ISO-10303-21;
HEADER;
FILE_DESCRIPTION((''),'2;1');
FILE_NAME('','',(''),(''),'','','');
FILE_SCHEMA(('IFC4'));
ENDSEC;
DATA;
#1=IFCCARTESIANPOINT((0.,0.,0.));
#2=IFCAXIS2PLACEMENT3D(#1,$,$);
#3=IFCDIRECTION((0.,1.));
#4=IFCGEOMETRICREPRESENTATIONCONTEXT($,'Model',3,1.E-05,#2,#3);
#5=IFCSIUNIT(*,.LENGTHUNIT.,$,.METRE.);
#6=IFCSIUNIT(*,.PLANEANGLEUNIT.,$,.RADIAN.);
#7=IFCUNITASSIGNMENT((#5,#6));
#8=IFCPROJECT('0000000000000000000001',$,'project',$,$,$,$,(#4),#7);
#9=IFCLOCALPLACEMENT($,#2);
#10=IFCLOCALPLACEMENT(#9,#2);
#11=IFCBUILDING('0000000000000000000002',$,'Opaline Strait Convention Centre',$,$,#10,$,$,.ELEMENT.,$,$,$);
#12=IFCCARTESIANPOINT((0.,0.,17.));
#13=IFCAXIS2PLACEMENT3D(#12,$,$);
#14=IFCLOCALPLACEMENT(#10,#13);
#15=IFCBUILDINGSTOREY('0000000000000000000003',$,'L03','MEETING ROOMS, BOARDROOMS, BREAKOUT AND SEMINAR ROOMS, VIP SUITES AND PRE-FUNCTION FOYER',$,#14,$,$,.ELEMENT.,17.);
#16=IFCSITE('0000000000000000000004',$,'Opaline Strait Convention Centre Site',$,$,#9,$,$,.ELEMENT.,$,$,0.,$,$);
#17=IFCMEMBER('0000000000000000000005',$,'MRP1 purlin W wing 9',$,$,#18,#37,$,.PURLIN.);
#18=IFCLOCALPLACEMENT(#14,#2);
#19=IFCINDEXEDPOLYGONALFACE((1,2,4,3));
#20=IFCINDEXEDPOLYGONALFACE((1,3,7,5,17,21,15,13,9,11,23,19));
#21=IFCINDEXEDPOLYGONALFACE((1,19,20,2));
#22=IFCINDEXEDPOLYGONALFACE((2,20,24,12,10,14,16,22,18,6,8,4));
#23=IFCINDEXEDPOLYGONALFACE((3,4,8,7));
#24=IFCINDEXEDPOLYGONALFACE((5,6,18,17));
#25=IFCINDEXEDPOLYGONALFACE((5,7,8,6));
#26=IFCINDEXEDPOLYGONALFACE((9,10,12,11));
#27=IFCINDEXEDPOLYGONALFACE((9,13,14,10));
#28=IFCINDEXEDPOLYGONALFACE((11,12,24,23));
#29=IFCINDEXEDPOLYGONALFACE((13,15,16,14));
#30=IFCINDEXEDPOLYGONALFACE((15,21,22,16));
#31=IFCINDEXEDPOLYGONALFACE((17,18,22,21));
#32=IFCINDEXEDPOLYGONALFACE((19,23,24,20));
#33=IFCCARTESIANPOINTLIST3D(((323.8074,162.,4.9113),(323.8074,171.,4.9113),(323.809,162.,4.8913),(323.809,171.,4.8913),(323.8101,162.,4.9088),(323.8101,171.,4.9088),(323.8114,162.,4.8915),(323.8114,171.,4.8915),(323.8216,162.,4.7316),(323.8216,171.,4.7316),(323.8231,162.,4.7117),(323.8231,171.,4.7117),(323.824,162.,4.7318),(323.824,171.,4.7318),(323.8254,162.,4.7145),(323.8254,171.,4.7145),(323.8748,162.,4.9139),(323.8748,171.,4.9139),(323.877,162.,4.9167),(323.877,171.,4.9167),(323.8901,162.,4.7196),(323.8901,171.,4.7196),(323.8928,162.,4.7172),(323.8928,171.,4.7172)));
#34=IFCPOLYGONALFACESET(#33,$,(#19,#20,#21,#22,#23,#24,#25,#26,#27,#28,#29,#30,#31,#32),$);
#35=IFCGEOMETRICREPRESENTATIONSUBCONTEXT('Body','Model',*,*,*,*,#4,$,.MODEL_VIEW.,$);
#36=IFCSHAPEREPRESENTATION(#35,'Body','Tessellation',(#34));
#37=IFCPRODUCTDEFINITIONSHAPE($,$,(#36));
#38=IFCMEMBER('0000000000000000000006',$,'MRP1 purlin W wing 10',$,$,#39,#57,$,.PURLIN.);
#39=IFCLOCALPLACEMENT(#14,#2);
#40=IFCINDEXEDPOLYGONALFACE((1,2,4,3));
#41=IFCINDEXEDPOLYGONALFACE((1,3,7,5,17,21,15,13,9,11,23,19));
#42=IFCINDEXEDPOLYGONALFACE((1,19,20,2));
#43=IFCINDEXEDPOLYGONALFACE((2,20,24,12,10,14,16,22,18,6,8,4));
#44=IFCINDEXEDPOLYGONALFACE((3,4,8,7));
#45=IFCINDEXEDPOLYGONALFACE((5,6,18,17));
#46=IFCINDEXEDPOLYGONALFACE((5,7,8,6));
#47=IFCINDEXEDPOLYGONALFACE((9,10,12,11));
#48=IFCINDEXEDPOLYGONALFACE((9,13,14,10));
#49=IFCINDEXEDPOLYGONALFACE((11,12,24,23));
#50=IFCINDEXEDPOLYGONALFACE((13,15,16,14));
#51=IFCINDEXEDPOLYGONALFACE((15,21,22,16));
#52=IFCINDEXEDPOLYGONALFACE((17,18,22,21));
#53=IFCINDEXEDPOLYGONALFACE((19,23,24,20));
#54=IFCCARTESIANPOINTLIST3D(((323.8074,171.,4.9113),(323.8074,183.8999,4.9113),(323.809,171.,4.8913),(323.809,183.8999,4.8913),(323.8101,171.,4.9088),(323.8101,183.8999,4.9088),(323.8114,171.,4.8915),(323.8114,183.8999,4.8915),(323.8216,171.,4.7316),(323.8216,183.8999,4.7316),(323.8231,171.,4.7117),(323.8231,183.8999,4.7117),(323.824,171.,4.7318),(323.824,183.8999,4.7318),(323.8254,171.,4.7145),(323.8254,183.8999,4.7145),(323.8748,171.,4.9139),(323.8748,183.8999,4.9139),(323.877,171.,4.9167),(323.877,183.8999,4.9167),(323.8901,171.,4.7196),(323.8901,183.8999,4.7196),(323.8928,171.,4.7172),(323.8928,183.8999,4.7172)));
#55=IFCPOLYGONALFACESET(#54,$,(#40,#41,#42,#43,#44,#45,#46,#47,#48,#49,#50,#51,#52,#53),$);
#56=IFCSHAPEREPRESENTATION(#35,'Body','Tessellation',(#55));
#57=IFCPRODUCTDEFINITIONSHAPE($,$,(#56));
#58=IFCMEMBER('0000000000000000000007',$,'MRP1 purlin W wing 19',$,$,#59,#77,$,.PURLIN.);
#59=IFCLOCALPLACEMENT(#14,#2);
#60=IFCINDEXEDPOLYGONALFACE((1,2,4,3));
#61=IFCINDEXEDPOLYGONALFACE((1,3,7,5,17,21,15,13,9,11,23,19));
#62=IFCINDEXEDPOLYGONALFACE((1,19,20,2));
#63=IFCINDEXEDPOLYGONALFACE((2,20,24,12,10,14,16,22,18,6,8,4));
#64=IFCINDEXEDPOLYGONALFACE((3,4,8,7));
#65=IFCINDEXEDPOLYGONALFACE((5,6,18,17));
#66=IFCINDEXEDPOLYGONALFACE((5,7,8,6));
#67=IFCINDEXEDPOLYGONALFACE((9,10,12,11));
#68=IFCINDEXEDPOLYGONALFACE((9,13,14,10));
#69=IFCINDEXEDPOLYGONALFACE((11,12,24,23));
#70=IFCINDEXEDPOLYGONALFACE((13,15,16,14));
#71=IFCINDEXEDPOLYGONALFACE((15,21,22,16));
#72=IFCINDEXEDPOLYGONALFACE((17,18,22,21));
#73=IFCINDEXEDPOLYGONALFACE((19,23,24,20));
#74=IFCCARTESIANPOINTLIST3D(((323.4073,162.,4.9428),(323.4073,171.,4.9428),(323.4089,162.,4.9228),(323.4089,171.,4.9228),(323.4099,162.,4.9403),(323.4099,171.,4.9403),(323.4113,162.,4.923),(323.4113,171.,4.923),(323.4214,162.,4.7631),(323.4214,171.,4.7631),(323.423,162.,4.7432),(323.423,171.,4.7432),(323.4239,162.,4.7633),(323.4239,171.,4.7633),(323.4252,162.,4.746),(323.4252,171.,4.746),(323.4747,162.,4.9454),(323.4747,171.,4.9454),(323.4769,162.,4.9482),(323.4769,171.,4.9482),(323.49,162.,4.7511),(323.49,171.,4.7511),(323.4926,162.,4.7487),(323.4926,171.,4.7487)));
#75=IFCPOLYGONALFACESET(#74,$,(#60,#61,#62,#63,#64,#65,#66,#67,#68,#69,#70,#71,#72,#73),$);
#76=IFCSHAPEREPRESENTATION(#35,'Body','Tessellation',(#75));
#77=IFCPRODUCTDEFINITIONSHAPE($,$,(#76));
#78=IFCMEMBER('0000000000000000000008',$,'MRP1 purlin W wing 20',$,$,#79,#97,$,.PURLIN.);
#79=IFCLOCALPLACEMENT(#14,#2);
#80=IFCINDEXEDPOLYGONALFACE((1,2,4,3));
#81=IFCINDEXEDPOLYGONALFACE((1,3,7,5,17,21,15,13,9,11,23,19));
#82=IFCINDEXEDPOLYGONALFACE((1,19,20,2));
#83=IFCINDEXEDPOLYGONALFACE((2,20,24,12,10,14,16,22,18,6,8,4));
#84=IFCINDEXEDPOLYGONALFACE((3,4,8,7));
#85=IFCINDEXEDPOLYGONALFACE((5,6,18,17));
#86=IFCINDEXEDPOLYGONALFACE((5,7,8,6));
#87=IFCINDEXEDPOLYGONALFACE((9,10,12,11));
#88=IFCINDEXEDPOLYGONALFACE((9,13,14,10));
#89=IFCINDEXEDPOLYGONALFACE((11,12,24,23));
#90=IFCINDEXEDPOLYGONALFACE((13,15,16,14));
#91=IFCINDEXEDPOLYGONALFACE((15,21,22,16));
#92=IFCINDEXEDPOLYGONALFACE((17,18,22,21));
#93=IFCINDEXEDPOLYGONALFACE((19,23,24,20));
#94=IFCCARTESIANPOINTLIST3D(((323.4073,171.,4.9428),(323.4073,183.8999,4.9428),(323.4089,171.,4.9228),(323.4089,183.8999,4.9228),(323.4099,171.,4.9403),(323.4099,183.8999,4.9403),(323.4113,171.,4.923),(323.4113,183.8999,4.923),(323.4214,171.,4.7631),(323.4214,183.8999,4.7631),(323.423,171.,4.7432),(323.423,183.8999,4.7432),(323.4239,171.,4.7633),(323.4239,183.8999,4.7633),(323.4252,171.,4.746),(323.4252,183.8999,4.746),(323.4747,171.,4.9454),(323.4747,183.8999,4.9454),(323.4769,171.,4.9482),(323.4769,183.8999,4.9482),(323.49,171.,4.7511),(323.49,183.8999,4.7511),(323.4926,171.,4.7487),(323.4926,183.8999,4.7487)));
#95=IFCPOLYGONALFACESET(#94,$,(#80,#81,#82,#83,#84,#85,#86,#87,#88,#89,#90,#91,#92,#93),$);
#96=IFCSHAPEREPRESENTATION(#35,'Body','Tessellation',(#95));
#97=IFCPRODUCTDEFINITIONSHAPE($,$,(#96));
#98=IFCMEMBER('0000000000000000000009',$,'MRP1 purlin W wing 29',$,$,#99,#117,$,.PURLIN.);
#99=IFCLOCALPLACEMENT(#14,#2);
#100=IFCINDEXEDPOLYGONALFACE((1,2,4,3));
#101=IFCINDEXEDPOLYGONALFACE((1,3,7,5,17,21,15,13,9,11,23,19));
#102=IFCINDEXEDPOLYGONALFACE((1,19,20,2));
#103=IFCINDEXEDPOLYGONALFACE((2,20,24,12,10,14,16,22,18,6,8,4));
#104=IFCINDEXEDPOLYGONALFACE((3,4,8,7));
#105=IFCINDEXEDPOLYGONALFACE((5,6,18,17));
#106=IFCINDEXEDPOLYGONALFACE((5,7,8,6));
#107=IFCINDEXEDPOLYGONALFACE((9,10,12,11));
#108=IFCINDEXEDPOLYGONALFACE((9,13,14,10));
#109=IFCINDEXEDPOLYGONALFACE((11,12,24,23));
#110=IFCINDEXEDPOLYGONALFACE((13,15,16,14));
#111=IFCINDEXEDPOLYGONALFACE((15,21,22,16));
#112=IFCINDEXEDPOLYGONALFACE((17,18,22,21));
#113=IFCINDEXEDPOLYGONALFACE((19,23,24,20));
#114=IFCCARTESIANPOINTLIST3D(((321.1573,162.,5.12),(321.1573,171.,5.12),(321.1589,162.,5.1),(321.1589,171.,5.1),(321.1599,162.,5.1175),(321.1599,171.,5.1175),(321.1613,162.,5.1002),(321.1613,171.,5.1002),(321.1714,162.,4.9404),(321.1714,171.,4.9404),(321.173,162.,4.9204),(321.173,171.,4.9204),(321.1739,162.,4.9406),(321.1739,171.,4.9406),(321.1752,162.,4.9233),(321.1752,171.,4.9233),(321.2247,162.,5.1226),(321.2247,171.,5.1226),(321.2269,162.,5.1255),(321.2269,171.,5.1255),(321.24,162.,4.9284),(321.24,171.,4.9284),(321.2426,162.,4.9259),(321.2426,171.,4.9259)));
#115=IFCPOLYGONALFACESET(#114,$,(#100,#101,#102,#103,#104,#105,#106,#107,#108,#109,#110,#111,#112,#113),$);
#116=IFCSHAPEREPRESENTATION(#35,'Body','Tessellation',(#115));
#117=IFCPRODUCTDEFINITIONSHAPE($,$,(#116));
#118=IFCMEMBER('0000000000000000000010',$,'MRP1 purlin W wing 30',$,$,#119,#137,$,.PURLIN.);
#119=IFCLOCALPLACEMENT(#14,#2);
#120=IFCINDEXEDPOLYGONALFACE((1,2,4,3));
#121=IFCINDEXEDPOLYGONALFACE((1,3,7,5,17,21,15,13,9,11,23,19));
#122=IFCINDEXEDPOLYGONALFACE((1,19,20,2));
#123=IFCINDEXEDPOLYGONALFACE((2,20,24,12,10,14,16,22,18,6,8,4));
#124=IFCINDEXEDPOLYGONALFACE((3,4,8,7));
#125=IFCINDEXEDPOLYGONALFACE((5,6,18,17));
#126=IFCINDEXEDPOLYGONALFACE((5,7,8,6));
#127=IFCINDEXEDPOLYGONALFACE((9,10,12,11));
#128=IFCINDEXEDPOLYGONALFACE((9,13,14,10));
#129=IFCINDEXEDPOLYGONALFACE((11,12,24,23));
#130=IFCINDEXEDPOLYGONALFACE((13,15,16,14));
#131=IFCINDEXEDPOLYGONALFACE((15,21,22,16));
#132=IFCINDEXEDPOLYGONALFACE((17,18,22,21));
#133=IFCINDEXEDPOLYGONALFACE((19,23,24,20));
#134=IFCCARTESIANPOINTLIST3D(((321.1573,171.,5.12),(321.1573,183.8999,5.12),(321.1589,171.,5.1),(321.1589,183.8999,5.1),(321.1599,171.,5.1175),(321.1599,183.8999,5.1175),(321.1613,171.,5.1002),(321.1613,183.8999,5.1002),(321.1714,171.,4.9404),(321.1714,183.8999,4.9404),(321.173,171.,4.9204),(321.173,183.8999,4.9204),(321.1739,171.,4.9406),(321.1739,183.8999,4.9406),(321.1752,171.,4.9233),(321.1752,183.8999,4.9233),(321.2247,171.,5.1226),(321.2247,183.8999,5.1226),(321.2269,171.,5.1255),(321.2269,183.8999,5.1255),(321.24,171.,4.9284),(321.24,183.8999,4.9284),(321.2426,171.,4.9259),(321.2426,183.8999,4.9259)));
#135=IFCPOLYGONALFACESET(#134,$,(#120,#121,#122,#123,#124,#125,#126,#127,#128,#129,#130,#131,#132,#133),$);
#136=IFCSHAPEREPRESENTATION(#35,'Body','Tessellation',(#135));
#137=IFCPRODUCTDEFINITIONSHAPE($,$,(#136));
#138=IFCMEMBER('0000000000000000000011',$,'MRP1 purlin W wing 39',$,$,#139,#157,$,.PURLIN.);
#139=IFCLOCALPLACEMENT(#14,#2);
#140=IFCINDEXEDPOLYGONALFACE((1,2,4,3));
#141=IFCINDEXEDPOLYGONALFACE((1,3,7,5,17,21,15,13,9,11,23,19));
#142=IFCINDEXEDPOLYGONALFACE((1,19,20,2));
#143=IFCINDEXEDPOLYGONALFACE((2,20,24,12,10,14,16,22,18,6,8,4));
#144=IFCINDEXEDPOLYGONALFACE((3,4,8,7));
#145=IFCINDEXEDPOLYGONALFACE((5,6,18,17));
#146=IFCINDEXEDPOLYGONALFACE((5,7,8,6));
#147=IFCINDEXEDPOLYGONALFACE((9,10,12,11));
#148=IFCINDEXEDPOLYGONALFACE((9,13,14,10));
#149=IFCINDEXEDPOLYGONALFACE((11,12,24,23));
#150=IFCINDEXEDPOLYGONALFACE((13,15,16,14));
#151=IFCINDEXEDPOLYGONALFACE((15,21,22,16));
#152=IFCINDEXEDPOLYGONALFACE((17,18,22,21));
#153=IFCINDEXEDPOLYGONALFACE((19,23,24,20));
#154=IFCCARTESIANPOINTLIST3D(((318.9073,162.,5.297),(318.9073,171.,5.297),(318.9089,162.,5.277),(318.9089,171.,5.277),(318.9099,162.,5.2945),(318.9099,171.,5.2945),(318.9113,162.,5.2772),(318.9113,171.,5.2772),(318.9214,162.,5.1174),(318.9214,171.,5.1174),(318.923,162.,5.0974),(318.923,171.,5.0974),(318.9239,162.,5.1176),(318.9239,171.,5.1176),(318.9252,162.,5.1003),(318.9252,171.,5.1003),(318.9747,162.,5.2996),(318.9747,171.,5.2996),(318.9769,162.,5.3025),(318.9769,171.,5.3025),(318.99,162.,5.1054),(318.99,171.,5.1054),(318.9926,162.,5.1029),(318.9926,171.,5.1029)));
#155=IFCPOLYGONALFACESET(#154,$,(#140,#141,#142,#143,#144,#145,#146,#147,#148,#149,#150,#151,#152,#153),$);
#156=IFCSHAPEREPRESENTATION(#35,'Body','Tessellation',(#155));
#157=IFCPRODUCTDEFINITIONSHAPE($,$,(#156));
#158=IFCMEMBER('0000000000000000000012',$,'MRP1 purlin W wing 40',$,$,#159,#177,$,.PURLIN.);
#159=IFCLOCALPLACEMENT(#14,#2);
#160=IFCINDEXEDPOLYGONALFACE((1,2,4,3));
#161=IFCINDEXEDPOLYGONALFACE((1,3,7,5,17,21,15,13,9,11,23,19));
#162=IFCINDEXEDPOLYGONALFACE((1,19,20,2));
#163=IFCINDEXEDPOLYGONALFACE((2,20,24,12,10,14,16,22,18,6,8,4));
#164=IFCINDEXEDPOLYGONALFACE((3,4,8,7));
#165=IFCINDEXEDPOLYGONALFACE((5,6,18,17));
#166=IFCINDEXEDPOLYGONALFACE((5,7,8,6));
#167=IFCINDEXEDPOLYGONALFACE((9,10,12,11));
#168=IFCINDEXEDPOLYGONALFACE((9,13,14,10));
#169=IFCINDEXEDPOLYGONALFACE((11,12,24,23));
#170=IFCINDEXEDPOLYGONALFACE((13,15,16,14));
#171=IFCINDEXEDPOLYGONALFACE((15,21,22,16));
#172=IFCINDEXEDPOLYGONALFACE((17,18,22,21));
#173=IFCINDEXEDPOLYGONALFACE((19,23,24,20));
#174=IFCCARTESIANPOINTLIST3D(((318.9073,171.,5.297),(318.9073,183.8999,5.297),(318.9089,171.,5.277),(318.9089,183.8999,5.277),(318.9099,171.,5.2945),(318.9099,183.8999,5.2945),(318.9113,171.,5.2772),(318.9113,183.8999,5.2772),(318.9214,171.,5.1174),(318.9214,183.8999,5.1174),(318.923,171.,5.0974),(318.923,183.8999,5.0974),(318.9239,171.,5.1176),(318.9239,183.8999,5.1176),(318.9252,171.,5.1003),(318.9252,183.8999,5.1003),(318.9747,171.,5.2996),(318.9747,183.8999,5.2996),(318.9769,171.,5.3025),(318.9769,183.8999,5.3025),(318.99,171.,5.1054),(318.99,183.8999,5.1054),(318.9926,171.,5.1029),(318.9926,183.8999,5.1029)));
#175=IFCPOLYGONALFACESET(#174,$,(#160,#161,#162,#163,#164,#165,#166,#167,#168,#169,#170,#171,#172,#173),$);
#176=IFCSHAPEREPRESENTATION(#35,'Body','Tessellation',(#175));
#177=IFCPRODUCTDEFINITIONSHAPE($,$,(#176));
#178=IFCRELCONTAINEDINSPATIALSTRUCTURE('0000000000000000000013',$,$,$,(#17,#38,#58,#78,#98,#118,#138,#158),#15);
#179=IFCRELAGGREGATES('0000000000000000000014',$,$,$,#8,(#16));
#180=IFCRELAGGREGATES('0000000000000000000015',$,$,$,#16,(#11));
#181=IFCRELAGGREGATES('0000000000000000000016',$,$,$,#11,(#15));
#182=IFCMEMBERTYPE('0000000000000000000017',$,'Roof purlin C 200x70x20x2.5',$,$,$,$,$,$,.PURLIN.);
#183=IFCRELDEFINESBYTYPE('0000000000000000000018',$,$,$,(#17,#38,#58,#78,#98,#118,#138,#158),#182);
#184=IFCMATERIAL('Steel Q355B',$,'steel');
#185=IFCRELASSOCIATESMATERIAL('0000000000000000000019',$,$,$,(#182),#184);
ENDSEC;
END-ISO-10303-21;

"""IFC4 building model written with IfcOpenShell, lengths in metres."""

from ifc_helpers import new_model, si_unit, direction, frame, origin, place, context, subcontext, project, spatial, polyline, outline, extrude, material, material_profile, profile_set, type_object, element, save


model = new_model("IFC4")

# Units and contexts
model_context = context("Model", 3, precision=1e-05, world=origin(), true_north=direction((0.0, 1.0)))
body_context = subcontext(model_context, "Body", "Model", "MODEL_VIEW")
ifc_project = project(units=[si_unit("LENGTHUNIT", "METRE"), si_unit("PLANEANGLEUNIT", "RADIAN")], contexts=[model_context])

# Site, building, storey
site_placement = place(None, origin())
site = spatial("IfcSite", under=ifc_project, at=site_placement, Name="Opaline Strait Convention Centre Site", CompositionType="ELEMENT", RefElevation=0.0)
building_placement = place(site_placement, origin())
building = spatial("IfcBuilding", under=site, at=building_placement, Name="Opaline Strait Convention Centre", CompositionType="ELEMENT")
storey_placement = place(building_placement, frame((0.0, 0.0, 17.0)))
storey = spatial("IfcBuildingStorey", under=building, at=storey_placement, Name="L03", Description="MEETING ROOMS, BOARDROOMS, BREAKOUT AND SEMINAR ROOMS, VIP SUITES AND PRE-FUNCTION FOYER", CompositionType="ELEMENT", Elevation=17.0)

# Shared definitions
ifc_material_1 = material(Name="Steel Q355B", Category="steel")

# Members
ifc_material_profile_1 = material_profile(ifc_material_1, outline(polyline([(-0.0349, -0.1001), (0.0349, -0.1001), (0.0349, -0.0801), (0.0325, -0.0801), (0.0325, -0.0974), (-0.0325, -0.0974), (-0.0325, 0.0974), (0.0325, 0.0974), (0.0325, 0.0801), (0.0349, 0.0801), (0.0349, 0.1001), (-0.0349, 0.1001), (-0.0349, -0.1001)])), Name="C 200x70x20x2.5")
ifc_profile_set_1 = profile_set([ifc_material_profile_1], Name="Steel Q355B")
member_type_1 = type_object("IfcMemberType", Name="Roof purlin C 200x70x20x2.5", PredefinedType="PURLIN", material=ifc_profile_set_1)
member_1_placement = place(storey_placement, frame((323.8501, 162.0, 4.8142), z_axis=(0.0, 1.0, 0.0), x_axis=(-0.996917, 0.0, -0.078459)))
element("IfcMember", 1, at=member_1_placement, inside=storey, type_object=member_type_1, Name="MRP1 purlin W wing 9", PredefinedType="PURLIN", context=body_context, shape_type="SweptSolid", body=[
    extrude(outline(polyline([(-0.0349, -0.1001), (0.0349, -0.1001), (0.0349, -0.0801), (0.0325, -0.0801), (0.0325, -0.0974), (-0.0325, -0.0974), (-0.0325, 0.0974), (0.0325, 0.0974), (0.0325, 0.0801), (0.0349, 0.0801), (0.0349, 0.1001), (-0.0349, 0.1001), (-0.0349, -0.1001)])), origin(), (0.0, 0.0, 1.0), 9.0),
])
member_2_placement = place(storey_placement, frame((323.8501, 171.0, 4.8142), z_axis=(0.0, 1.0, 0.0), x_axis=(-0.996917, 0.0, -0.078459)))
element("IfcMember", 2, at=member_2_placement, inside=storey, type_object=member_type_1, Name="MRP1 purlin W wing 10", PredefinedType="PURLIN", context=body_context, shape_type="SweptSolid", body=[
    extrude(outline(polyline([(-0.0349, -0.1001), (0.0349, -0.1001), (0.0349, -0.0801), (0.0325, -0.0801), (0.0325, -0.0974), (-0.0325, -0.0974), (-0.0325, 0.0974), (0.0325, 0.0974), (0.0325, 0.0801), (0.0349, 0.0801), (0.0349, 0.1001), (-0.0349, 0.1001), (-0.0349, -0.1001)])), origin(), (0.0, 0.0, 1.0), 12.8999),
])
member_3_placement = place(storey_placement, frame((323.45, 162.0, 4.8457), z_axis=(0.0, 1.0, 0.0), x_axis=(-0.996917, 0.0, -0.078459)))
element("IfcMember", 3, at=member_3_placement, inside=storey, type_object=member_type_1, Name="MRP1 purlin W wing 19", PredefinedType="PURLIN", context=body_context, shape_type="SweptSolid", body=[
    extrude(outline(polyline([(-0.0349, -0.1001), (0.0349, -0.1001), (0.0349, -0.0801), (0.0325, -0.0801), (0.0325, -0.0974), (-0.0325, -0.0974), (-0.0325, 0.0974), (0.0325, 0.0974), (0.0325, 0.0801), (0.0349, 0.0801), (0.0349, 0.1001), (-0.0349, 0.1001), (-0.0349, -0.1001)])), origin(), (0.0, 0.0, 1.0), 9.0),
])
member_4_placement = place(storey_placement, frame((323.45, 171.0, 4.8457), z_axis=(0.0, 1.0, 0.0), x_axis=(-0.996917, 0.0, -0.078459)))
element("IfcMember", 4, at=member_4_placement, inside=storey, type_object=member_type_1, Name="MRP1 purlin W wing 20", PredefinedType="PURLIN", context=body_context, shape_type="SweptSolid", body=[
    extrude(outline(polyline([(-0.0349, -0.1001), (0.0349, -0.1001), (0.0349, -0.0801), (0.0325, -0.0801), (0.0325, -0.0974), (-0.0325, -0.0974), (-0.0325, 0.0974), (0.0325, 0.0974), (0.0325, 0.0801), (0.0349, 0.0801), (0.0349, 0.1001), (-0.0349, 0.1001), (-0.0349, -0.1001)])), origin(), (0.0, 0.0, 1.0), 12.8999),
])
member_5_placement = place(storey_placement, frame((321.2, 162.0, 5.0229), z_axis=(0.0, 1.0, 0.0), x_axis=(-0.996917, 0.0, -0.078459)))
element("IfcMember", 5, at=member_5_placement, inside=storey, type_object=member_type_1, Name="MRP1 purlin W wing 29", PredefinedType="PURLIN", context=body_context, shape_type="SweptSolid", body=[
    extrude(outline(polyline([(-0.0349, -0.1001), (0.0349, -0.1001), (0.0349, -0.0801), (0.0325, -0.0801), (0.0325, -0.0974), (-0.0325, -0.0974), (-0.0325, 0.0974), (0.0325, 0.0974), (0.0325, 0.0801), (0.0349, 0.0801), (0.0349, 0.1001), (-0.0349, 0.1001), (-0.0349, -0.1001)])), origin(), (0.0, 0.0, 1.0), 9.0),
])
member_6_placement = place(storey_placement, frame((321.2, 171.0, 5.0229), z_axis=(0.0, 1.0, 0.0), x_axis=(-0.996917, 0.0, -0.078459)))
element("IfcMember", 6, at=member_6_placement, inside=storey, type_object=member_type_1, Name="MRP1 purlin W wing 30", PredefinedType="PURLIN", context=body_context, shape_type="SweptSolid", body=[
    extrude(outline(polyline([(-0.0349, -0.1001), (0.0349, -0.1001), (0.0349, -0.0801), (0.0325, -0.0801), (0.0325, -0.0974), (-0.0325, -0.0974), (-0.0325, 0.0974), (0.0325, 0.0974), (0.0325, 0.0801), (0.0349, 0.0801), (0.0349, 0.1001), (-0.0349, 0.1001), (-0.0349, -0.1001)])), origin(), (0.0, 0.0, 1.0), 12.8999),
])
member_7_placement = place(storey_placement, frame((318.95, 162.0, 5.2), z_axis=(0.0, 1.0, 0.0), x_axis=(-0.996917, 0.0, -0.078459)))
element("IfcMember", 7, at=member_7_placement, inside=storey, type_object=member_type_1, Name="MRP1 purlin W wing 39", PredefinedType="PURLIN", context=body_context, shape_type="SweptSolid", body=[
    extrude(outline(polyline([(-0.0349, -0.1001), (0.0349, -0.1001), (0.0349, -0.0801), (0.0325, -0.0801), (0.0325, -0.0974), (-0.0325, -0.0974), (-0.0325, 0.0974), (0.0325, 0.0974), (0.0325, 0.0801), (0.0349, 0.0801), (0.0349, 0.1001), (-0.0349, 0.1001), (-0.0349, -0.1001)])), origin(), (0.0, 0.0, 1.0), 9.0),
])
member_8_placement = place(storey_placement, frame((318.95, 171.0, 5.2), z_axis=(0.0, 1.0, 0.0), x_axis=(-0.996917, 0.0, -0.078459)))
element("IfcMember", 8, at=member_8_placement, inside=storey, type_object=member_type_1, Name="MRP1 purlin W wing 40", PredefinedType="PURLIN", context=body_context, shape_type="SweptSolid", body=[
    extrude(outline(polyline([(-0.0349, -0.1001), (0.0349, -0.1001), (0.0349, -0.0801), (0.0325, -0.0801), (0.0325, -0.0974), (-0.0325, -0.0974), (-0.0325, 0.0974), (0.0325, 0.0974), (0.0325, 0.0801), (0.0349, 0.0801), (0.0349, 0.1001), (-0.0349, 0.1001), (-0.0349, -0.1001)])), origin(), (0.0, 0.0, 1.0), 12.8999),
])

save(model, "model.ifc")
